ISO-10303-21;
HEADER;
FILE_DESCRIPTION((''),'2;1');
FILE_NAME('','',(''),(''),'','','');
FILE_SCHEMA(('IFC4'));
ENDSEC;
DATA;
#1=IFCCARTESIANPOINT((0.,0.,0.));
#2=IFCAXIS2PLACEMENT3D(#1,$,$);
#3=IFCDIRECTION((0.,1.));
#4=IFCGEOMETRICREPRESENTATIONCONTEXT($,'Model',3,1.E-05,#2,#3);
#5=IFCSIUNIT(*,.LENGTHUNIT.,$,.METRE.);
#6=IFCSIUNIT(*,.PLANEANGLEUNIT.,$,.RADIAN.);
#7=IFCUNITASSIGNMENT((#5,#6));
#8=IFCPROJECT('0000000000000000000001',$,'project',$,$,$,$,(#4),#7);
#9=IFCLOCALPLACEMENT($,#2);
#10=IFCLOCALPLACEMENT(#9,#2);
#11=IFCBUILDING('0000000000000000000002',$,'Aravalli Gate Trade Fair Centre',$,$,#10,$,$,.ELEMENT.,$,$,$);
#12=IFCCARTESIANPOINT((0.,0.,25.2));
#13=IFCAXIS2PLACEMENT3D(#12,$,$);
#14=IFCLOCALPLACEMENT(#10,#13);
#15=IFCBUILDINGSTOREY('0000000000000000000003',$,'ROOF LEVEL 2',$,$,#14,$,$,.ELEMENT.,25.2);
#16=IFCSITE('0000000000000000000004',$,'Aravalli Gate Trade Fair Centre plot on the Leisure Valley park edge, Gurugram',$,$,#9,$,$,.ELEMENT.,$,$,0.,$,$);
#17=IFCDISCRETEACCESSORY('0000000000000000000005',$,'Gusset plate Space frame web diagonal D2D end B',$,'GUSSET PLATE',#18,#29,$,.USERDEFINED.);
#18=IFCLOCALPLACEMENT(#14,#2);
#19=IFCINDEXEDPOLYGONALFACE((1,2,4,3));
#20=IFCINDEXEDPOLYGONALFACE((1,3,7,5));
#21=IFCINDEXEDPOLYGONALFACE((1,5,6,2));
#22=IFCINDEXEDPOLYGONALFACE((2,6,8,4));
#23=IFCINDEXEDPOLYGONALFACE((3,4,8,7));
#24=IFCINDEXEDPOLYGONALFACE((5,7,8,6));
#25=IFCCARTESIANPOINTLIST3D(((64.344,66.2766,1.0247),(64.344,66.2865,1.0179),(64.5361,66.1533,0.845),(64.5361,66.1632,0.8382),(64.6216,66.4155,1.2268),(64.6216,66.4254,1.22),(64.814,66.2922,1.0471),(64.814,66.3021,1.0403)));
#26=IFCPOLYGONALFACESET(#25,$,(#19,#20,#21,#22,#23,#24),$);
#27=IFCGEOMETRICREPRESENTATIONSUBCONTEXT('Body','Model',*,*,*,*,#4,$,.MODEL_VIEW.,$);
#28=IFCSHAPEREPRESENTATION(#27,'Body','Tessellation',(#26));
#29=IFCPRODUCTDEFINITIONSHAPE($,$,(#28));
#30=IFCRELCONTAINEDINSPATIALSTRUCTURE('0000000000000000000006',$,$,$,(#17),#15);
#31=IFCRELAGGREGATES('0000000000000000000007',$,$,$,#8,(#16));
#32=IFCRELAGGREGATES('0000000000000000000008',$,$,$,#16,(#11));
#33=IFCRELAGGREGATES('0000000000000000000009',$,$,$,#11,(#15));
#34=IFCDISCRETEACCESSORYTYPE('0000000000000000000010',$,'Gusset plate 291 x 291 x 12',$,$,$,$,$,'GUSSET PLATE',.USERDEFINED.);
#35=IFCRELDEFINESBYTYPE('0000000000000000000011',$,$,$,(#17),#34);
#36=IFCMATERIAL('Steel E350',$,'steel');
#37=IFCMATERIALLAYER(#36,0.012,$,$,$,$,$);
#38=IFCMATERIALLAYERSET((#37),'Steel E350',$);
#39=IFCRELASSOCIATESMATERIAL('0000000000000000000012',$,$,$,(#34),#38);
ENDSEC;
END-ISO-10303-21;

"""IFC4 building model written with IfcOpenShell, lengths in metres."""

from ifc_helpers import new_model, si_unit, direction, frame, origin, place, context, subcontext, project, spatial, polyline, outline, extrude, material, layer, layer_set, type_object, element, save


model = new_model("IFC4")

# Units and contexts
model_context = context("Model", 3, precision=1e-05, world=origin(), true_north=direction((0.0, 1.0)))
body_context = subcontext(model_context, "Body", "Model", "MODEL_VIEW")
ifc_project = project(units=[si_unit("LENGTHUNIT", "METRE"), si_unit("PLANEANGLEUNIT", "RADIAN")], contexts=[model_context])

# Site, building, storey
site_placement = place(None, origin())
site = spatial("IfcSite", under=ifc_project, at=site_placement, Name="Aravalli Gate Trade Fair Centre plot on the Leisure Valley park edge, Gurugram", CompositionType="ELEMENT", RefElevation=0.0)
building_placement = place(site_placement, origin())
building = spatial("IfcBuilding", under=site, at=building_placement, Name="Aravalli Gate Trade Fair Centre", CompositionType="ELEMENT")
storey_placement = place(building_placement, frame((0.0, 0.0, 25.2)))
storey = spatial("IfcBuildingStorey", under=building, at=storey_placement, Name="ROOF LEVEL 2", CompositionType="ELEMENT", Elevation=25.2)

# Shared definitions
ifc_material = material(Name="Steel E350", Category="steel")

# Discrete accessory
ifc_layer = layer(ifc_material, 0.012)
ifc_layer_set = layer_set([ifc_layer], Name="Steel E350")
discrete_accessory_type = type_object("IfcDiscreteAccessoryType", Name="Gusset plate 291 x 291 x 12", ElementType="GUSSET PLATE", PredefinedType="USERDEFINED", material=ifc_layer_set)
discrete_accessory_1_placement = place(storey_placement, frame((64.6216, 66.4155, 1.2268), z_axis=(0.000356, -0.824387, 0.566027), x_axis=(-0.749371, -0.375015, -0.545716)))
element("IfcDiscreteAccessory", 1, at=discrete_accessory_1_placement, inside=storey, type_object=discrete_accessory_type, Name="Gusset plate Space frame web diagonal D2D end B", ObjectType="GUSSET PLATE", PredefinedType="USERDEFINED", context=body_context, shape_type="SweptSolid", body=[
    extrude(outline(polyline([(0.0, 0.0), (0.3704, 0.0), (0.3707, 0.2905), (0.0001, 0.2907), (0.0, 0.0)])), origin(), (0.0, 0.0, -1.0), 0.012),
])

save(model, "model.ifc")
